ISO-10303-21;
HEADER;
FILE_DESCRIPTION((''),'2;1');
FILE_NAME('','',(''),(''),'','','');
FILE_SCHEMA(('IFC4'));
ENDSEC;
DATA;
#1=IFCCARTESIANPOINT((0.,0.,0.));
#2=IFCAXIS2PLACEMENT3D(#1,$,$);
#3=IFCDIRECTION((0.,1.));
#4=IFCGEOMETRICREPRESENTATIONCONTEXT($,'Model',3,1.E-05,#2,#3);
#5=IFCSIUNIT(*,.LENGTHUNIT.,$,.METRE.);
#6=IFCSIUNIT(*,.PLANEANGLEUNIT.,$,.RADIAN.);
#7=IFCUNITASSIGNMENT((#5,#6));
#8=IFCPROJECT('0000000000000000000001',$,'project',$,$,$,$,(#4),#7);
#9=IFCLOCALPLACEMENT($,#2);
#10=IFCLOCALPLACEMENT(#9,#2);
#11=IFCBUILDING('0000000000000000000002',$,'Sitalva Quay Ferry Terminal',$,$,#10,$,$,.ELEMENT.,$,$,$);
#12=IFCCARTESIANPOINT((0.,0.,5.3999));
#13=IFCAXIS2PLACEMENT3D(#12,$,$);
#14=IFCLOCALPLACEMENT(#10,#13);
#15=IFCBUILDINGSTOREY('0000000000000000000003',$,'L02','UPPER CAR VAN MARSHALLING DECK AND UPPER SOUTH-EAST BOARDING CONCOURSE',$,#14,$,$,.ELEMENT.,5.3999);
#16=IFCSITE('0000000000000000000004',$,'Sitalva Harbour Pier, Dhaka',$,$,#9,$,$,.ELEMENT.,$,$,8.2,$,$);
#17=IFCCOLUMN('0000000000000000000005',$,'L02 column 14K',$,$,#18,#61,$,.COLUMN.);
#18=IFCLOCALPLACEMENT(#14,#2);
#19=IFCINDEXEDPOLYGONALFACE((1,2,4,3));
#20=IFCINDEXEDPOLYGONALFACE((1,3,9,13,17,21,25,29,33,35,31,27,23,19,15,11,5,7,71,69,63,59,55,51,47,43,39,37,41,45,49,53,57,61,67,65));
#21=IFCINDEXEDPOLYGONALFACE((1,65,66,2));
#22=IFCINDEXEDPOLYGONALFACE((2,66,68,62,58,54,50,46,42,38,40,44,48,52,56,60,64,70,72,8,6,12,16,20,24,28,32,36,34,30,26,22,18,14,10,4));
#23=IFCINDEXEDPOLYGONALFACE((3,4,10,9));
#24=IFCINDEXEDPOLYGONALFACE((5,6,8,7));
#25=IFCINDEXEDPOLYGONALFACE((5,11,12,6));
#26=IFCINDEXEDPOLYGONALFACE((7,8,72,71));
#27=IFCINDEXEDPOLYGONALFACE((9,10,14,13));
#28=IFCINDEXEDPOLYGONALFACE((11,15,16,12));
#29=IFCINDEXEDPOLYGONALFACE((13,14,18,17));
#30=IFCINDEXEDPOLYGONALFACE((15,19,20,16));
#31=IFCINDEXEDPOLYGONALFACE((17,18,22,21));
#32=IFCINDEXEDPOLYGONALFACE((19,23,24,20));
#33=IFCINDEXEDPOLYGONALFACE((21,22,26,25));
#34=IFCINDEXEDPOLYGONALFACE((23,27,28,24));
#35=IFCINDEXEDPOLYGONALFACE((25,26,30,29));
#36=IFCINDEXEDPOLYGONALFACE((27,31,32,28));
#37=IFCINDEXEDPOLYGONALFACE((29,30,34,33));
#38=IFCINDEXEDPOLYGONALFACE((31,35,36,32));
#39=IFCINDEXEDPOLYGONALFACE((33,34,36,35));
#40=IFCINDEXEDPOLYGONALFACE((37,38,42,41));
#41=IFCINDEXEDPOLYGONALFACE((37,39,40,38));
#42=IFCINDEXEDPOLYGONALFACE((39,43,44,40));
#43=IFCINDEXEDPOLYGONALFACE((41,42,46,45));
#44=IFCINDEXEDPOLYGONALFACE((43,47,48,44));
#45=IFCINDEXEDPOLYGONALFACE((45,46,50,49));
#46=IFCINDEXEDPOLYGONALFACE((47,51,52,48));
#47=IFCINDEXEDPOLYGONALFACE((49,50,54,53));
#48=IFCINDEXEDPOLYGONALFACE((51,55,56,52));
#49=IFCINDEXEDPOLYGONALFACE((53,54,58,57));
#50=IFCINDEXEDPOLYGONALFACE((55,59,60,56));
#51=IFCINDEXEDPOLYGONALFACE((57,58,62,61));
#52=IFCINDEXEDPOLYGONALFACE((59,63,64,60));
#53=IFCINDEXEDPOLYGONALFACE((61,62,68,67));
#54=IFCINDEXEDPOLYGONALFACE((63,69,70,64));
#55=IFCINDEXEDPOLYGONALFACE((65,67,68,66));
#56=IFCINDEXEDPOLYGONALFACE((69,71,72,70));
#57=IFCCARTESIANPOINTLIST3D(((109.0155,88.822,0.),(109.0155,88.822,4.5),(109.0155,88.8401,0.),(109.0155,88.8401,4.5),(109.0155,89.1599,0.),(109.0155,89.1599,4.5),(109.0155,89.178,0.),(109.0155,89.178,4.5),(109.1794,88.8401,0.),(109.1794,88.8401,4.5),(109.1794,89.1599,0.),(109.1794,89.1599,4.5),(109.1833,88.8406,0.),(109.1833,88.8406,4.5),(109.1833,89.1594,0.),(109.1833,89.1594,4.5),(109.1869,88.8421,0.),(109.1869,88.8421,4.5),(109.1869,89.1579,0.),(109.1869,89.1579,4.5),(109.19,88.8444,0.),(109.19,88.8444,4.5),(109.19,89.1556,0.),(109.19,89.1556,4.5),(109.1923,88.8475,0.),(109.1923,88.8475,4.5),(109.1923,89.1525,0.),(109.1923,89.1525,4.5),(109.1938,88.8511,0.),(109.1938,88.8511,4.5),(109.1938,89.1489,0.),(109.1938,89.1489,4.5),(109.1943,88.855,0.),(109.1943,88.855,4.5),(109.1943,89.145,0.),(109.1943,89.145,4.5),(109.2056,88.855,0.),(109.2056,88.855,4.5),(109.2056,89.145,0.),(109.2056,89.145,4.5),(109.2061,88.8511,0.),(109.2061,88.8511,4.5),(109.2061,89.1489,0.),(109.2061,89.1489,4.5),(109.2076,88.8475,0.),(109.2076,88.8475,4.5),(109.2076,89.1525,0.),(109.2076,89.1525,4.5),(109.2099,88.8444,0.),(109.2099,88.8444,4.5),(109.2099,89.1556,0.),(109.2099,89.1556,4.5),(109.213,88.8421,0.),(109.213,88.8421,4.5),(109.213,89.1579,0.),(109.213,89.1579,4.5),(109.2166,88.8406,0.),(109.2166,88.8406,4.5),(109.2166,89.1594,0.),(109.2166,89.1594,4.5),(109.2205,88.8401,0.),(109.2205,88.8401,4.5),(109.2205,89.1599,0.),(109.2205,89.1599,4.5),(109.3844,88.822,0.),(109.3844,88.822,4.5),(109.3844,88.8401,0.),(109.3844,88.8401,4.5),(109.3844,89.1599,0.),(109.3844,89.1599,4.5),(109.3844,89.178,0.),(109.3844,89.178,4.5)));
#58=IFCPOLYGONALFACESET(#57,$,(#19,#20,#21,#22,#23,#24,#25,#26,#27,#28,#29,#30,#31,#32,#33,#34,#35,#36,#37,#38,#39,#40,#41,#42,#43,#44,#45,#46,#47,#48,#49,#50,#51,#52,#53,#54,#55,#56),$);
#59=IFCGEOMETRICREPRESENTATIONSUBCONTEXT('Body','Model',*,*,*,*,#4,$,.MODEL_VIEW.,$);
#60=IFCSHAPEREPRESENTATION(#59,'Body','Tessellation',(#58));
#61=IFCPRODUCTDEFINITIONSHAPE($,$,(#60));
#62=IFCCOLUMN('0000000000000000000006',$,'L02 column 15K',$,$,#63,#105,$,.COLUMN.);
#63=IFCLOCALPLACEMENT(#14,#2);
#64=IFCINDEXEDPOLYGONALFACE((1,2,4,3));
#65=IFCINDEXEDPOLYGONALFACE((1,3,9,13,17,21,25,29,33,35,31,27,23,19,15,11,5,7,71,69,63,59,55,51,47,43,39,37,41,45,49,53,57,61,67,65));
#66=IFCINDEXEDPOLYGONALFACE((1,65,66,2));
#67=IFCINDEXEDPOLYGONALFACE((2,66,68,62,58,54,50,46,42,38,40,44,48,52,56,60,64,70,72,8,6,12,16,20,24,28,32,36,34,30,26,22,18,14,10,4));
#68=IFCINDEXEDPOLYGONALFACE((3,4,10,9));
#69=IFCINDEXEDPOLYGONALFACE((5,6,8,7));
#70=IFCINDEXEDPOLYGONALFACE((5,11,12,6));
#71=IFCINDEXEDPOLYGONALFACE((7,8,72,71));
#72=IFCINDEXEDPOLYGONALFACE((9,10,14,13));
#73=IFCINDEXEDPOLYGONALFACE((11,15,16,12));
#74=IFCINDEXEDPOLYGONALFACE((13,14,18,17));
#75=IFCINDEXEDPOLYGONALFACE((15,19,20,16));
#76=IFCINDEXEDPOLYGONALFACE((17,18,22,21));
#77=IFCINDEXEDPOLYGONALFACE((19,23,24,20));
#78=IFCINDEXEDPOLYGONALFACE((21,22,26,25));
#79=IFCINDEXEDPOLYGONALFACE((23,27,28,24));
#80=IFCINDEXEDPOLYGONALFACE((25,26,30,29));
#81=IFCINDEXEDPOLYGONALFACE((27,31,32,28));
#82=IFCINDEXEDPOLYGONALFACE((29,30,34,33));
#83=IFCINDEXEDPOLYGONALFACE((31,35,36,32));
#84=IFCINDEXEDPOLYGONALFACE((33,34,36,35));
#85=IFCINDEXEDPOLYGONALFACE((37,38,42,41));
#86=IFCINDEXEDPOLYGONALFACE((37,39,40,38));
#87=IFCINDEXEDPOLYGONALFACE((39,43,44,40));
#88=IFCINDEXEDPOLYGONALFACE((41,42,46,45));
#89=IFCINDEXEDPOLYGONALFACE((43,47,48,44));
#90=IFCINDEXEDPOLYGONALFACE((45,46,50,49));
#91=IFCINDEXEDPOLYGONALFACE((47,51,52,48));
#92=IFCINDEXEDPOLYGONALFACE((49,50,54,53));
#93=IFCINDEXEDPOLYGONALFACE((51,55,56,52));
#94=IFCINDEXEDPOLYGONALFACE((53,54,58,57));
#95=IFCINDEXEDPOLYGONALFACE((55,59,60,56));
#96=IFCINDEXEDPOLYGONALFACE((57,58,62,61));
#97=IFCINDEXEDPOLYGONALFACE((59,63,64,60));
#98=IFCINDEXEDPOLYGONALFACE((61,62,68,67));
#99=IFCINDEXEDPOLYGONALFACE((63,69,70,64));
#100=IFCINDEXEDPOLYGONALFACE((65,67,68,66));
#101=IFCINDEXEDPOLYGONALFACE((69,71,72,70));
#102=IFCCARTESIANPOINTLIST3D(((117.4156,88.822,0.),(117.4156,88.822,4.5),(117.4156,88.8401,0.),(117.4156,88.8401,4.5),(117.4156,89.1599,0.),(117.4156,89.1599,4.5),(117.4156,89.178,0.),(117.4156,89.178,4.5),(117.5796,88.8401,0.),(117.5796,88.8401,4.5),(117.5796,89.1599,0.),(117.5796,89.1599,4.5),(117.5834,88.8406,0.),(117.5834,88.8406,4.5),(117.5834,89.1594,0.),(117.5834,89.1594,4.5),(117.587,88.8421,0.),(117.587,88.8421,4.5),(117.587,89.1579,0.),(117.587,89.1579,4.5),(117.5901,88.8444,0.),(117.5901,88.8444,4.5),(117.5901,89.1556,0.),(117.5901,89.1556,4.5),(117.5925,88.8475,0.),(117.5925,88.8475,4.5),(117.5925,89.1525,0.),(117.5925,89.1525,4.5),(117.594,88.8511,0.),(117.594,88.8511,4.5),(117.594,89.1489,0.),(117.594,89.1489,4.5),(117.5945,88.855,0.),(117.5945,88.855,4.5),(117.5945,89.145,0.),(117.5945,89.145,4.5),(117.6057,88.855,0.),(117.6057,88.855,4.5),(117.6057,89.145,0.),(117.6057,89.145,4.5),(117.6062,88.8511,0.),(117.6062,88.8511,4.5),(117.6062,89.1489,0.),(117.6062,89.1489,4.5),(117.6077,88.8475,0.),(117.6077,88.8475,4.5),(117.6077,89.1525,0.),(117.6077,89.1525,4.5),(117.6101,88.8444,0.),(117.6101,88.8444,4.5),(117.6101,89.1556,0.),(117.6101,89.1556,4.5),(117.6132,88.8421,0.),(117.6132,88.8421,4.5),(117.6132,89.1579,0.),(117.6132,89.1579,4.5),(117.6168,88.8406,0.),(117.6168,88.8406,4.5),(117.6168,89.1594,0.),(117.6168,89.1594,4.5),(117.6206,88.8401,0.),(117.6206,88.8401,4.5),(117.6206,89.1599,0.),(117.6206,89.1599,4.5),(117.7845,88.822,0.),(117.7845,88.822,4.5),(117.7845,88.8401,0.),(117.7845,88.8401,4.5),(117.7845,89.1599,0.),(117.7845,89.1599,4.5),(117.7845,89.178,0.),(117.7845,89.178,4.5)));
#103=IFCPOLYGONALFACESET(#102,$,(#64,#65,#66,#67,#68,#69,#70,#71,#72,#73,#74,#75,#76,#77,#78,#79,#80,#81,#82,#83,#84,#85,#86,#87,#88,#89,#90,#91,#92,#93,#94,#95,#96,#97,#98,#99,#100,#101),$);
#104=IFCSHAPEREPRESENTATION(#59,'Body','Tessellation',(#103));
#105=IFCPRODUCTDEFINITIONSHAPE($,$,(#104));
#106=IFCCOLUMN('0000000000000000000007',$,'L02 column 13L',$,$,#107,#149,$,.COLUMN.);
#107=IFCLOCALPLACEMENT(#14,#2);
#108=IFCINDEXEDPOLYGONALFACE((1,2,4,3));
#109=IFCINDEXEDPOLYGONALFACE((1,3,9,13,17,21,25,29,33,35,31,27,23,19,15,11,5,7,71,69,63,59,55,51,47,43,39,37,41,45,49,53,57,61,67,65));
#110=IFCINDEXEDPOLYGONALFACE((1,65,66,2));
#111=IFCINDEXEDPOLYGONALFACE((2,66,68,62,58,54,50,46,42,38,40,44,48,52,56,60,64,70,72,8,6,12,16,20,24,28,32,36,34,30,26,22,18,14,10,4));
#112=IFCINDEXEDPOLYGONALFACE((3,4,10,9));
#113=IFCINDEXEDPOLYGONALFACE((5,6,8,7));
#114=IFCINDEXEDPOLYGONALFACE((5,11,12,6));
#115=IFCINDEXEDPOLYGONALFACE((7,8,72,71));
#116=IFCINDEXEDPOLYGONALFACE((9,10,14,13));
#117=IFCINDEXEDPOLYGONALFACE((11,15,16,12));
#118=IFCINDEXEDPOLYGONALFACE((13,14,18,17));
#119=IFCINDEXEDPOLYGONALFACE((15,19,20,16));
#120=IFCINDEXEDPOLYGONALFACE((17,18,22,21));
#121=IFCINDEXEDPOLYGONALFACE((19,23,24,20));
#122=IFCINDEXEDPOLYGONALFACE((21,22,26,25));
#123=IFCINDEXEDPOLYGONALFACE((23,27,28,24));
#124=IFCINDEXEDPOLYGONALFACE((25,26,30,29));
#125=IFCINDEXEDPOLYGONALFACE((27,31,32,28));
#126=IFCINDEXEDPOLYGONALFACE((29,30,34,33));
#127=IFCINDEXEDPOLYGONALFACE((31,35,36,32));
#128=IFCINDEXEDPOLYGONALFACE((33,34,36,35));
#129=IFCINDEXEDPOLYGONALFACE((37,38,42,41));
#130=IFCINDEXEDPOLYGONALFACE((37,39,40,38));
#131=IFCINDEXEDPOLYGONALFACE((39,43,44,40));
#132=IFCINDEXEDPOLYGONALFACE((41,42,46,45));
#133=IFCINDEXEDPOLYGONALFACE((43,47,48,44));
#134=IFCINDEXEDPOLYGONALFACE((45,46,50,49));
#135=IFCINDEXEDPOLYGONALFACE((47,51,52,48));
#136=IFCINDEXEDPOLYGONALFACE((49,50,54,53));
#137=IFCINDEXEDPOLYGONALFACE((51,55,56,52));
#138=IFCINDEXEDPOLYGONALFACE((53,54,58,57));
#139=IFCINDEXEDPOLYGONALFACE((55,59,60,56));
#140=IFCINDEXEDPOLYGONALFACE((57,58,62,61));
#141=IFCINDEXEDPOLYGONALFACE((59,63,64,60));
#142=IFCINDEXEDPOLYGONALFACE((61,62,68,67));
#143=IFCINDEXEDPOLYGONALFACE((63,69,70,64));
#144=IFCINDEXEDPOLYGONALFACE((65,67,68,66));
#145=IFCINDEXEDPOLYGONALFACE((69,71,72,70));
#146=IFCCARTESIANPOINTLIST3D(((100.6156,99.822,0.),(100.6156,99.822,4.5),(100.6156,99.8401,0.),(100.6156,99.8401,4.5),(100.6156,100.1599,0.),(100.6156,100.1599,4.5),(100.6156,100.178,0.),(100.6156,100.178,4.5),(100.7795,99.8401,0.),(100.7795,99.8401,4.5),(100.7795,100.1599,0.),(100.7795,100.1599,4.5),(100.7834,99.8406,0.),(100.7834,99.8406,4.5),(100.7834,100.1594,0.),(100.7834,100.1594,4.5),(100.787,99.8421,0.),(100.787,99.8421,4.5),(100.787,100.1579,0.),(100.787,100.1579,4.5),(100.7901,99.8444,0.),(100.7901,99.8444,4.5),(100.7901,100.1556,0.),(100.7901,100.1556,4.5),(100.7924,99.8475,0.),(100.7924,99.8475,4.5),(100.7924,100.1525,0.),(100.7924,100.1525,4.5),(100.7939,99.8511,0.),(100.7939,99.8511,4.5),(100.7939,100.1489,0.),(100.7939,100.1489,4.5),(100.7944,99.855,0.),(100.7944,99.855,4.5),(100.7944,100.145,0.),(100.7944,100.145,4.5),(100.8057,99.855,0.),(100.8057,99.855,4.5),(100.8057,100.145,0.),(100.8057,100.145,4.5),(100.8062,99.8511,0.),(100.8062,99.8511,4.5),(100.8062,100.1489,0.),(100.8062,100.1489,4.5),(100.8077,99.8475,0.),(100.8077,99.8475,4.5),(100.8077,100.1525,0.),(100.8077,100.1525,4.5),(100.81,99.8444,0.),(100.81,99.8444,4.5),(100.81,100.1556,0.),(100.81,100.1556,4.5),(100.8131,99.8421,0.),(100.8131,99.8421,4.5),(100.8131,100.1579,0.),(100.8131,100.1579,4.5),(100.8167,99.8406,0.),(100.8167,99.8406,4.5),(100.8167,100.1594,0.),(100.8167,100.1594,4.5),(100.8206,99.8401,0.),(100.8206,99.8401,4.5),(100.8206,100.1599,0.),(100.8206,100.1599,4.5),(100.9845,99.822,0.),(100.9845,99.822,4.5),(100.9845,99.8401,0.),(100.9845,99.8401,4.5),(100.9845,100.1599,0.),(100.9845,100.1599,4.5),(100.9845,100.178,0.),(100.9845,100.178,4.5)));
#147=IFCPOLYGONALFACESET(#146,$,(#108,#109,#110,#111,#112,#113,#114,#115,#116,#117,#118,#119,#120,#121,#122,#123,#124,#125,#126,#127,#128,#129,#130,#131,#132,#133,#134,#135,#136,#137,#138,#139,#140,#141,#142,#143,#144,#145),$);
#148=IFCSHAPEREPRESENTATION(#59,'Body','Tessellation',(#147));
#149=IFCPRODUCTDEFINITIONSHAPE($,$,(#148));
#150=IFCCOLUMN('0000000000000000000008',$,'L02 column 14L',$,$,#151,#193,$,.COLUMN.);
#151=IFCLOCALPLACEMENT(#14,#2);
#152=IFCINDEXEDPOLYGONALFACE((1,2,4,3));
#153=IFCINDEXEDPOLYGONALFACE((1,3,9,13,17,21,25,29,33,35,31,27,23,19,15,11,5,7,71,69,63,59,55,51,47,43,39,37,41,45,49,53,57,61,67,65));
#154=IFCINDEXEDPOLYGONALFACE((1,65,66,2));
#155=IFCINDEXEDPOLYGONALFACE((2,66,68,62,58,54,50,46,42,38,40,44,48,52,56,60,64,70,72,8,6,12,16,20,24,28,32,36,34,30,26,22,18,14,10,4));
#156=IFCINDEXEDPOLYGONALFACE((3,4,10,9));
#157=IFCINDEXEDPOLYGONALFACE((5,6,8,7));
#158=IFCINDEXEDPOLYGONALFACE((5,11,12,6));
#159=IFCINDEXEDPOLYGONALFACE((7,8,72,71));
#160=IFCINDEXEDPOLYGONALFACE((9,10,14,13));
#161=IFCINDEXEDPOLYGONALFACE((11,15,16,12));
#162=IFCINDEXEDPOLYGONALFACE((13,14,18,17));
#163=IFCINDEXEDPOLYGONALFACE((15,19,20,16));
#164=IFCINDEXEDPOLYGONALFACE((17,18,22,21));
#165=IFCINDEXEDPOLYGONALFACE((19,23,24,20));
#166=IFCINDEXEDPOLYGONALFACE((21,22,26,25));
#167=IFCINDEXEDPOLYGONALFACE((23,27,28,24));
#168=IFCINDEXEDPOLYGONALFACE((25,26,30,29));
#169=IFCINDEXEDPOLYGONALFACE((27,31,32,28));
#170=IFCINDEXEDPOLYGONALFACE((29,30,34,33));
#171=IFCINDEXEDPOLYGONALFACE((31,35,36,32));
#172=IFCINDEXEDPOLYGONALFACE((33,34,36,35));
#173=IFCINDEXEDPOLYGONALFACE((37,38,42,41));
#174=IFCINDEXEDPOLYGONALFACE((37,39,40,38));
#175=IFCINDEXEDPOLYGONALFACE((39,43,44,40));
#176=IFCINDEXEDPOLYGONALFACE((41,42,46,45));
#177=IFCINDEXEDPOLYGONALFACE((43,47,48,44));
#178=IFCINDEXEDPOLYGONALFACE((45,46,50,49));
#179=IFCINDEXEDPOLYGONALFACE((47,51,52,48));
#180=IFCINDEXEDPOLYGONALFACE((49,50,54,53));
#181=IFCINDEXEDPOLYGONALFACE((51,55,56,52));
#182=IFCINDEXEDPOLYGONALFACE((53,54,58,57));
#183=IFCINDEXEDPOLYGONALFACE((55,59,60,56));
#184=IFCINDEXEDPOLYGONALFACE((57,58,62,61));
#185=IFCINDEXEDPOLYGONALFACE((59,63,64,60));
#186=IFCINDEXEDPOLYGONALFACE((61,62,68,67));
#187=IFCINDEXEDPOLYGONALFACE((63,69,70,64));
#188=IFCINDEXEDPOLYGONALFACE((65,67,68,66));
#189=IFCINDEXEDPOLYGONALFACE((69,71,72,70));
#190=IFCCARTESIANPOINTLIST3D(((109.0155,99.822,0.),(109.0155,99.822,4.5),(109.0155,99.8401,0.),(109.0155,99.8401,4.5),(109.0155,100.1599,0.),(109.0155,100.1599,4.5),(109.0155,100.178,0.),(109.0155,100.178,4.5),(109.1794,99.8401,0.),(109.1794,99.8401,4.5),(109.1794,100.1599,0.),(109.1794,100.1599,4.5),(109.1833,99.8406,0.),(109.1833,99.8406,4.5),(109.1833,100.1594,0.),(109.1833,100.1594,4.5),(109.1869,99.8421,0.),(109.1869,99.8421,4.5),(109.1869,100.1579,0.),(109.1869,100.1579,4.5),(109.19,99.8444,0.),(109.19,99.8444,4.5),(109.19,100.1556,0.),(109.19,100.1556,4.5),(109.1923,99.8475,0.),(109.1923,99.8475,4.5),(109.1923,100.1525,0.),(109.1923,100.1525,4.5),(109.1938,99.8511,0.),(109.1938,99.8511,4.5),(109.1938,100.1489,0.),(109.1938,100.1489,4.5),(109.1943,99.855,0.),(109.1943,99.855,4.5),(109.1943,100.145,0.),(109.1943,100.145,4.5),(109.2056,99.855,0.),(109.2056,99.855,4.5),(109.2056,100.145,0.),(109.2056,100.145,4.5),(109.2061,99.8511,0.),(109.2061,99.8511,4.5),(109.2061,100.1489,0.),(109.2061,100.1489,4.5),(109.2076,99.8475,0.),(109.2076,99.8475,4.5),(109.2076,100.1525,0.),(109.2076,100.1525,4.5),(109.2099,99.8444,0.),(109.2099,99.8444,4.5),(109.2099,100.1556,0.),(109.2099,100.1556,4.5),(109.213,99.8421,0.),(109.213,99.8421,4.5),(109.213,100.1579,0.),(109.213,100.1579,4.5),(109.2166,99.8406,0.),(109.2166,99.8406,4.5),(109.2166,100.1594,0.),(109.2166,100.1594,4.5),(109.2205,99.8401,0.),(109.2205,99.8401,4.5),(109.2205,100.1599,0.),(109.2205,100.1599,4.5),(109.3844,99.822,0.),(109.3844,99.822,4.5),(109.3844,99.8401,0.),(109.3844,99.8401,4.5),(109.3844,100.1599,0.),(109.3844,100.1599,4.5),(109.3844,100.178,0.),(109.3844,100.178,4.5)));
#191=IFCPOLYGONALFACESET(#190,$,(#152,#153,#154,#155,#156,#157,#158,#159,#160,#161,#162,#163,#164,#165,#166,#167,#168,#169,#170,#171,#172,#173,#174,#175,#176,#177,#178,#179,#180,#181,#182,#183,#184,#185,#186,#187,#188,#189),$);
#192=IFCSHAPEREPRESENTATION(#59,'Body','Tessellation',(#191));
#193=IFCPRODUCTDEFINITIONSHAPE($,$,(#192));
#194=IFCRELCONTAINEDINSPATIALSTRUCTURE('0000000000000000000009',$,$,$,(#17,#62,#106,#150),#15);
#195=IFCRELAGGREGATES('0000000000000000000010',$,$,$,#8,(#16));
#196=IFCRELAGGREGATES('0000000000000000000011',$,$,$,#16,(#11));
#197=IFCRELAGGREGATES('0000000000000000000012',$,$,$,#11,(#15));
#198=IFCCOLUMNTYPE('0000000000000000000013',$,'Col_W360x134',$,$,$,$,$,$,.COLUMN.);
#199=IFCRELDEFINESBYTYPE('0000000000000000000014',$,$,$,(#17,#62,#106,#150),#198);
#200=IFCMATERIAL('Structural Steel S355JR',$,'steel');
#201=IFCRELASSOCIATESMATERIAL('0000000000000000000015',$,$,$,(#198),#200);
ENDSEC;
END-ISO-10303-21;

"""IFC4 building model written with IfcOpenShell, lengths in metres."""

from ifc_helpers import new_model, si_unit, direction, frame, origin, origin_2d, place, context, subcontext, project, spatial, i_section, extrude, material, material_profile, profile_set, type_object, element, save


model = new_model("IFC4")

# Units and contexts
model_context = context("Model", 3, precision=1e-05, world=origin(), true_north=direction((0.0, 1.0)))
body_context = subcontext(model_context, "Body", "Model", "MODEL_VIEW")
ifc_project = project(units=[si_unit("LENGTHUNIT", "METRE"), si_unit("PLANEANGLEUNIT", "RADIAN")], contexts=[model_context])

# Site, building, storey
site_placement = place(None, origin())
site = spatial("IfcSite", under=ifc_project, at=site_placement, Name="Sitalva Harbour Pier, Dhaka", CompositionType="ELEMENT", RefElevation=8.2)
building_placement = place(site_placement, origin())
building = spatial("IfcBuilding", under=site, at=building_placement, Name="Sitalva Quay Ferry Terminal", CompositionType="ELEMENT")
storey_placement = place(building_placement, frame((0.0, 0.0, 5.3999)))
storey = spatial("IfcBuildingStorey", under=building, at=storey_placement, Name="L02", Description="UPPER CAR VAN MARSHALLING DECK AND UPPER SOUTH-EAST BOARDING CONCOURSE", CompositionType="ELEMENT", Elevation=5.3999)

# Columns
ifc_material_1 = material(Name="Structural Steel S355JR", Category="steel")
ifc_material_profile_1 = material_profile(ifc_material_1, i_section(OverallWidth=0.3689, OverallDepth=0.356, WebThickness=0.0112, FlangeThickness=0.0181, FilletRadius=0.0149, at=origin_2d()), Name="W360x134")
ifc_profile_set_1 = profile_set([ifc_material_profile_1], Name="Structural Steel S355JR")
column_type = type_object("IfcColumnType", Name="Col_W360x134", PredefinedType="COLUMN", material=ifc_profile_set_1)
for number, where, z_axis, x_axis, name in (
    (1, (109.2, 89.0, 0.0), (0.0, 0.0, 1.0), (1.0, 0.0, 0.0), "L02 column 14K"),
    (2, (117.6001, 89.0, 0.0), (0.0, 0.0, 1.0), (1.0, 0.0, 0.0), "L02 column 15K"),
    (3, (100.8, 100.0, 0.0), (0.0, 0.0, 1.0), (1.0, 0.0, 0.0), "L02 column 13L"),
    (4, (109.2, 100.0, 0.0), (0.0, 0.0, 1.0), (1.0, 0.0, 0.0), "L02 column 14L"),
):
    element("IfcColumn", number, at=place(storey_placement, frame(where, z_axis=z_axis, x_axis=x_axis)), inside=storey, type_object=column_type, Name=name, PredefinedType="COLUMN", context=body_context, shape_type="SweptSolid", body=[
        extrude(i_section(OverallWidth=0.3689, OverallDepth=0.356, WebThickness=0.0112, FlangeThickness=0.0181, FilletRadius=0.0149, at=origin_2d()), origin(), (0.0, 0.0, 1.0), 4.5),
    ])

save(model, "model.ifc")
